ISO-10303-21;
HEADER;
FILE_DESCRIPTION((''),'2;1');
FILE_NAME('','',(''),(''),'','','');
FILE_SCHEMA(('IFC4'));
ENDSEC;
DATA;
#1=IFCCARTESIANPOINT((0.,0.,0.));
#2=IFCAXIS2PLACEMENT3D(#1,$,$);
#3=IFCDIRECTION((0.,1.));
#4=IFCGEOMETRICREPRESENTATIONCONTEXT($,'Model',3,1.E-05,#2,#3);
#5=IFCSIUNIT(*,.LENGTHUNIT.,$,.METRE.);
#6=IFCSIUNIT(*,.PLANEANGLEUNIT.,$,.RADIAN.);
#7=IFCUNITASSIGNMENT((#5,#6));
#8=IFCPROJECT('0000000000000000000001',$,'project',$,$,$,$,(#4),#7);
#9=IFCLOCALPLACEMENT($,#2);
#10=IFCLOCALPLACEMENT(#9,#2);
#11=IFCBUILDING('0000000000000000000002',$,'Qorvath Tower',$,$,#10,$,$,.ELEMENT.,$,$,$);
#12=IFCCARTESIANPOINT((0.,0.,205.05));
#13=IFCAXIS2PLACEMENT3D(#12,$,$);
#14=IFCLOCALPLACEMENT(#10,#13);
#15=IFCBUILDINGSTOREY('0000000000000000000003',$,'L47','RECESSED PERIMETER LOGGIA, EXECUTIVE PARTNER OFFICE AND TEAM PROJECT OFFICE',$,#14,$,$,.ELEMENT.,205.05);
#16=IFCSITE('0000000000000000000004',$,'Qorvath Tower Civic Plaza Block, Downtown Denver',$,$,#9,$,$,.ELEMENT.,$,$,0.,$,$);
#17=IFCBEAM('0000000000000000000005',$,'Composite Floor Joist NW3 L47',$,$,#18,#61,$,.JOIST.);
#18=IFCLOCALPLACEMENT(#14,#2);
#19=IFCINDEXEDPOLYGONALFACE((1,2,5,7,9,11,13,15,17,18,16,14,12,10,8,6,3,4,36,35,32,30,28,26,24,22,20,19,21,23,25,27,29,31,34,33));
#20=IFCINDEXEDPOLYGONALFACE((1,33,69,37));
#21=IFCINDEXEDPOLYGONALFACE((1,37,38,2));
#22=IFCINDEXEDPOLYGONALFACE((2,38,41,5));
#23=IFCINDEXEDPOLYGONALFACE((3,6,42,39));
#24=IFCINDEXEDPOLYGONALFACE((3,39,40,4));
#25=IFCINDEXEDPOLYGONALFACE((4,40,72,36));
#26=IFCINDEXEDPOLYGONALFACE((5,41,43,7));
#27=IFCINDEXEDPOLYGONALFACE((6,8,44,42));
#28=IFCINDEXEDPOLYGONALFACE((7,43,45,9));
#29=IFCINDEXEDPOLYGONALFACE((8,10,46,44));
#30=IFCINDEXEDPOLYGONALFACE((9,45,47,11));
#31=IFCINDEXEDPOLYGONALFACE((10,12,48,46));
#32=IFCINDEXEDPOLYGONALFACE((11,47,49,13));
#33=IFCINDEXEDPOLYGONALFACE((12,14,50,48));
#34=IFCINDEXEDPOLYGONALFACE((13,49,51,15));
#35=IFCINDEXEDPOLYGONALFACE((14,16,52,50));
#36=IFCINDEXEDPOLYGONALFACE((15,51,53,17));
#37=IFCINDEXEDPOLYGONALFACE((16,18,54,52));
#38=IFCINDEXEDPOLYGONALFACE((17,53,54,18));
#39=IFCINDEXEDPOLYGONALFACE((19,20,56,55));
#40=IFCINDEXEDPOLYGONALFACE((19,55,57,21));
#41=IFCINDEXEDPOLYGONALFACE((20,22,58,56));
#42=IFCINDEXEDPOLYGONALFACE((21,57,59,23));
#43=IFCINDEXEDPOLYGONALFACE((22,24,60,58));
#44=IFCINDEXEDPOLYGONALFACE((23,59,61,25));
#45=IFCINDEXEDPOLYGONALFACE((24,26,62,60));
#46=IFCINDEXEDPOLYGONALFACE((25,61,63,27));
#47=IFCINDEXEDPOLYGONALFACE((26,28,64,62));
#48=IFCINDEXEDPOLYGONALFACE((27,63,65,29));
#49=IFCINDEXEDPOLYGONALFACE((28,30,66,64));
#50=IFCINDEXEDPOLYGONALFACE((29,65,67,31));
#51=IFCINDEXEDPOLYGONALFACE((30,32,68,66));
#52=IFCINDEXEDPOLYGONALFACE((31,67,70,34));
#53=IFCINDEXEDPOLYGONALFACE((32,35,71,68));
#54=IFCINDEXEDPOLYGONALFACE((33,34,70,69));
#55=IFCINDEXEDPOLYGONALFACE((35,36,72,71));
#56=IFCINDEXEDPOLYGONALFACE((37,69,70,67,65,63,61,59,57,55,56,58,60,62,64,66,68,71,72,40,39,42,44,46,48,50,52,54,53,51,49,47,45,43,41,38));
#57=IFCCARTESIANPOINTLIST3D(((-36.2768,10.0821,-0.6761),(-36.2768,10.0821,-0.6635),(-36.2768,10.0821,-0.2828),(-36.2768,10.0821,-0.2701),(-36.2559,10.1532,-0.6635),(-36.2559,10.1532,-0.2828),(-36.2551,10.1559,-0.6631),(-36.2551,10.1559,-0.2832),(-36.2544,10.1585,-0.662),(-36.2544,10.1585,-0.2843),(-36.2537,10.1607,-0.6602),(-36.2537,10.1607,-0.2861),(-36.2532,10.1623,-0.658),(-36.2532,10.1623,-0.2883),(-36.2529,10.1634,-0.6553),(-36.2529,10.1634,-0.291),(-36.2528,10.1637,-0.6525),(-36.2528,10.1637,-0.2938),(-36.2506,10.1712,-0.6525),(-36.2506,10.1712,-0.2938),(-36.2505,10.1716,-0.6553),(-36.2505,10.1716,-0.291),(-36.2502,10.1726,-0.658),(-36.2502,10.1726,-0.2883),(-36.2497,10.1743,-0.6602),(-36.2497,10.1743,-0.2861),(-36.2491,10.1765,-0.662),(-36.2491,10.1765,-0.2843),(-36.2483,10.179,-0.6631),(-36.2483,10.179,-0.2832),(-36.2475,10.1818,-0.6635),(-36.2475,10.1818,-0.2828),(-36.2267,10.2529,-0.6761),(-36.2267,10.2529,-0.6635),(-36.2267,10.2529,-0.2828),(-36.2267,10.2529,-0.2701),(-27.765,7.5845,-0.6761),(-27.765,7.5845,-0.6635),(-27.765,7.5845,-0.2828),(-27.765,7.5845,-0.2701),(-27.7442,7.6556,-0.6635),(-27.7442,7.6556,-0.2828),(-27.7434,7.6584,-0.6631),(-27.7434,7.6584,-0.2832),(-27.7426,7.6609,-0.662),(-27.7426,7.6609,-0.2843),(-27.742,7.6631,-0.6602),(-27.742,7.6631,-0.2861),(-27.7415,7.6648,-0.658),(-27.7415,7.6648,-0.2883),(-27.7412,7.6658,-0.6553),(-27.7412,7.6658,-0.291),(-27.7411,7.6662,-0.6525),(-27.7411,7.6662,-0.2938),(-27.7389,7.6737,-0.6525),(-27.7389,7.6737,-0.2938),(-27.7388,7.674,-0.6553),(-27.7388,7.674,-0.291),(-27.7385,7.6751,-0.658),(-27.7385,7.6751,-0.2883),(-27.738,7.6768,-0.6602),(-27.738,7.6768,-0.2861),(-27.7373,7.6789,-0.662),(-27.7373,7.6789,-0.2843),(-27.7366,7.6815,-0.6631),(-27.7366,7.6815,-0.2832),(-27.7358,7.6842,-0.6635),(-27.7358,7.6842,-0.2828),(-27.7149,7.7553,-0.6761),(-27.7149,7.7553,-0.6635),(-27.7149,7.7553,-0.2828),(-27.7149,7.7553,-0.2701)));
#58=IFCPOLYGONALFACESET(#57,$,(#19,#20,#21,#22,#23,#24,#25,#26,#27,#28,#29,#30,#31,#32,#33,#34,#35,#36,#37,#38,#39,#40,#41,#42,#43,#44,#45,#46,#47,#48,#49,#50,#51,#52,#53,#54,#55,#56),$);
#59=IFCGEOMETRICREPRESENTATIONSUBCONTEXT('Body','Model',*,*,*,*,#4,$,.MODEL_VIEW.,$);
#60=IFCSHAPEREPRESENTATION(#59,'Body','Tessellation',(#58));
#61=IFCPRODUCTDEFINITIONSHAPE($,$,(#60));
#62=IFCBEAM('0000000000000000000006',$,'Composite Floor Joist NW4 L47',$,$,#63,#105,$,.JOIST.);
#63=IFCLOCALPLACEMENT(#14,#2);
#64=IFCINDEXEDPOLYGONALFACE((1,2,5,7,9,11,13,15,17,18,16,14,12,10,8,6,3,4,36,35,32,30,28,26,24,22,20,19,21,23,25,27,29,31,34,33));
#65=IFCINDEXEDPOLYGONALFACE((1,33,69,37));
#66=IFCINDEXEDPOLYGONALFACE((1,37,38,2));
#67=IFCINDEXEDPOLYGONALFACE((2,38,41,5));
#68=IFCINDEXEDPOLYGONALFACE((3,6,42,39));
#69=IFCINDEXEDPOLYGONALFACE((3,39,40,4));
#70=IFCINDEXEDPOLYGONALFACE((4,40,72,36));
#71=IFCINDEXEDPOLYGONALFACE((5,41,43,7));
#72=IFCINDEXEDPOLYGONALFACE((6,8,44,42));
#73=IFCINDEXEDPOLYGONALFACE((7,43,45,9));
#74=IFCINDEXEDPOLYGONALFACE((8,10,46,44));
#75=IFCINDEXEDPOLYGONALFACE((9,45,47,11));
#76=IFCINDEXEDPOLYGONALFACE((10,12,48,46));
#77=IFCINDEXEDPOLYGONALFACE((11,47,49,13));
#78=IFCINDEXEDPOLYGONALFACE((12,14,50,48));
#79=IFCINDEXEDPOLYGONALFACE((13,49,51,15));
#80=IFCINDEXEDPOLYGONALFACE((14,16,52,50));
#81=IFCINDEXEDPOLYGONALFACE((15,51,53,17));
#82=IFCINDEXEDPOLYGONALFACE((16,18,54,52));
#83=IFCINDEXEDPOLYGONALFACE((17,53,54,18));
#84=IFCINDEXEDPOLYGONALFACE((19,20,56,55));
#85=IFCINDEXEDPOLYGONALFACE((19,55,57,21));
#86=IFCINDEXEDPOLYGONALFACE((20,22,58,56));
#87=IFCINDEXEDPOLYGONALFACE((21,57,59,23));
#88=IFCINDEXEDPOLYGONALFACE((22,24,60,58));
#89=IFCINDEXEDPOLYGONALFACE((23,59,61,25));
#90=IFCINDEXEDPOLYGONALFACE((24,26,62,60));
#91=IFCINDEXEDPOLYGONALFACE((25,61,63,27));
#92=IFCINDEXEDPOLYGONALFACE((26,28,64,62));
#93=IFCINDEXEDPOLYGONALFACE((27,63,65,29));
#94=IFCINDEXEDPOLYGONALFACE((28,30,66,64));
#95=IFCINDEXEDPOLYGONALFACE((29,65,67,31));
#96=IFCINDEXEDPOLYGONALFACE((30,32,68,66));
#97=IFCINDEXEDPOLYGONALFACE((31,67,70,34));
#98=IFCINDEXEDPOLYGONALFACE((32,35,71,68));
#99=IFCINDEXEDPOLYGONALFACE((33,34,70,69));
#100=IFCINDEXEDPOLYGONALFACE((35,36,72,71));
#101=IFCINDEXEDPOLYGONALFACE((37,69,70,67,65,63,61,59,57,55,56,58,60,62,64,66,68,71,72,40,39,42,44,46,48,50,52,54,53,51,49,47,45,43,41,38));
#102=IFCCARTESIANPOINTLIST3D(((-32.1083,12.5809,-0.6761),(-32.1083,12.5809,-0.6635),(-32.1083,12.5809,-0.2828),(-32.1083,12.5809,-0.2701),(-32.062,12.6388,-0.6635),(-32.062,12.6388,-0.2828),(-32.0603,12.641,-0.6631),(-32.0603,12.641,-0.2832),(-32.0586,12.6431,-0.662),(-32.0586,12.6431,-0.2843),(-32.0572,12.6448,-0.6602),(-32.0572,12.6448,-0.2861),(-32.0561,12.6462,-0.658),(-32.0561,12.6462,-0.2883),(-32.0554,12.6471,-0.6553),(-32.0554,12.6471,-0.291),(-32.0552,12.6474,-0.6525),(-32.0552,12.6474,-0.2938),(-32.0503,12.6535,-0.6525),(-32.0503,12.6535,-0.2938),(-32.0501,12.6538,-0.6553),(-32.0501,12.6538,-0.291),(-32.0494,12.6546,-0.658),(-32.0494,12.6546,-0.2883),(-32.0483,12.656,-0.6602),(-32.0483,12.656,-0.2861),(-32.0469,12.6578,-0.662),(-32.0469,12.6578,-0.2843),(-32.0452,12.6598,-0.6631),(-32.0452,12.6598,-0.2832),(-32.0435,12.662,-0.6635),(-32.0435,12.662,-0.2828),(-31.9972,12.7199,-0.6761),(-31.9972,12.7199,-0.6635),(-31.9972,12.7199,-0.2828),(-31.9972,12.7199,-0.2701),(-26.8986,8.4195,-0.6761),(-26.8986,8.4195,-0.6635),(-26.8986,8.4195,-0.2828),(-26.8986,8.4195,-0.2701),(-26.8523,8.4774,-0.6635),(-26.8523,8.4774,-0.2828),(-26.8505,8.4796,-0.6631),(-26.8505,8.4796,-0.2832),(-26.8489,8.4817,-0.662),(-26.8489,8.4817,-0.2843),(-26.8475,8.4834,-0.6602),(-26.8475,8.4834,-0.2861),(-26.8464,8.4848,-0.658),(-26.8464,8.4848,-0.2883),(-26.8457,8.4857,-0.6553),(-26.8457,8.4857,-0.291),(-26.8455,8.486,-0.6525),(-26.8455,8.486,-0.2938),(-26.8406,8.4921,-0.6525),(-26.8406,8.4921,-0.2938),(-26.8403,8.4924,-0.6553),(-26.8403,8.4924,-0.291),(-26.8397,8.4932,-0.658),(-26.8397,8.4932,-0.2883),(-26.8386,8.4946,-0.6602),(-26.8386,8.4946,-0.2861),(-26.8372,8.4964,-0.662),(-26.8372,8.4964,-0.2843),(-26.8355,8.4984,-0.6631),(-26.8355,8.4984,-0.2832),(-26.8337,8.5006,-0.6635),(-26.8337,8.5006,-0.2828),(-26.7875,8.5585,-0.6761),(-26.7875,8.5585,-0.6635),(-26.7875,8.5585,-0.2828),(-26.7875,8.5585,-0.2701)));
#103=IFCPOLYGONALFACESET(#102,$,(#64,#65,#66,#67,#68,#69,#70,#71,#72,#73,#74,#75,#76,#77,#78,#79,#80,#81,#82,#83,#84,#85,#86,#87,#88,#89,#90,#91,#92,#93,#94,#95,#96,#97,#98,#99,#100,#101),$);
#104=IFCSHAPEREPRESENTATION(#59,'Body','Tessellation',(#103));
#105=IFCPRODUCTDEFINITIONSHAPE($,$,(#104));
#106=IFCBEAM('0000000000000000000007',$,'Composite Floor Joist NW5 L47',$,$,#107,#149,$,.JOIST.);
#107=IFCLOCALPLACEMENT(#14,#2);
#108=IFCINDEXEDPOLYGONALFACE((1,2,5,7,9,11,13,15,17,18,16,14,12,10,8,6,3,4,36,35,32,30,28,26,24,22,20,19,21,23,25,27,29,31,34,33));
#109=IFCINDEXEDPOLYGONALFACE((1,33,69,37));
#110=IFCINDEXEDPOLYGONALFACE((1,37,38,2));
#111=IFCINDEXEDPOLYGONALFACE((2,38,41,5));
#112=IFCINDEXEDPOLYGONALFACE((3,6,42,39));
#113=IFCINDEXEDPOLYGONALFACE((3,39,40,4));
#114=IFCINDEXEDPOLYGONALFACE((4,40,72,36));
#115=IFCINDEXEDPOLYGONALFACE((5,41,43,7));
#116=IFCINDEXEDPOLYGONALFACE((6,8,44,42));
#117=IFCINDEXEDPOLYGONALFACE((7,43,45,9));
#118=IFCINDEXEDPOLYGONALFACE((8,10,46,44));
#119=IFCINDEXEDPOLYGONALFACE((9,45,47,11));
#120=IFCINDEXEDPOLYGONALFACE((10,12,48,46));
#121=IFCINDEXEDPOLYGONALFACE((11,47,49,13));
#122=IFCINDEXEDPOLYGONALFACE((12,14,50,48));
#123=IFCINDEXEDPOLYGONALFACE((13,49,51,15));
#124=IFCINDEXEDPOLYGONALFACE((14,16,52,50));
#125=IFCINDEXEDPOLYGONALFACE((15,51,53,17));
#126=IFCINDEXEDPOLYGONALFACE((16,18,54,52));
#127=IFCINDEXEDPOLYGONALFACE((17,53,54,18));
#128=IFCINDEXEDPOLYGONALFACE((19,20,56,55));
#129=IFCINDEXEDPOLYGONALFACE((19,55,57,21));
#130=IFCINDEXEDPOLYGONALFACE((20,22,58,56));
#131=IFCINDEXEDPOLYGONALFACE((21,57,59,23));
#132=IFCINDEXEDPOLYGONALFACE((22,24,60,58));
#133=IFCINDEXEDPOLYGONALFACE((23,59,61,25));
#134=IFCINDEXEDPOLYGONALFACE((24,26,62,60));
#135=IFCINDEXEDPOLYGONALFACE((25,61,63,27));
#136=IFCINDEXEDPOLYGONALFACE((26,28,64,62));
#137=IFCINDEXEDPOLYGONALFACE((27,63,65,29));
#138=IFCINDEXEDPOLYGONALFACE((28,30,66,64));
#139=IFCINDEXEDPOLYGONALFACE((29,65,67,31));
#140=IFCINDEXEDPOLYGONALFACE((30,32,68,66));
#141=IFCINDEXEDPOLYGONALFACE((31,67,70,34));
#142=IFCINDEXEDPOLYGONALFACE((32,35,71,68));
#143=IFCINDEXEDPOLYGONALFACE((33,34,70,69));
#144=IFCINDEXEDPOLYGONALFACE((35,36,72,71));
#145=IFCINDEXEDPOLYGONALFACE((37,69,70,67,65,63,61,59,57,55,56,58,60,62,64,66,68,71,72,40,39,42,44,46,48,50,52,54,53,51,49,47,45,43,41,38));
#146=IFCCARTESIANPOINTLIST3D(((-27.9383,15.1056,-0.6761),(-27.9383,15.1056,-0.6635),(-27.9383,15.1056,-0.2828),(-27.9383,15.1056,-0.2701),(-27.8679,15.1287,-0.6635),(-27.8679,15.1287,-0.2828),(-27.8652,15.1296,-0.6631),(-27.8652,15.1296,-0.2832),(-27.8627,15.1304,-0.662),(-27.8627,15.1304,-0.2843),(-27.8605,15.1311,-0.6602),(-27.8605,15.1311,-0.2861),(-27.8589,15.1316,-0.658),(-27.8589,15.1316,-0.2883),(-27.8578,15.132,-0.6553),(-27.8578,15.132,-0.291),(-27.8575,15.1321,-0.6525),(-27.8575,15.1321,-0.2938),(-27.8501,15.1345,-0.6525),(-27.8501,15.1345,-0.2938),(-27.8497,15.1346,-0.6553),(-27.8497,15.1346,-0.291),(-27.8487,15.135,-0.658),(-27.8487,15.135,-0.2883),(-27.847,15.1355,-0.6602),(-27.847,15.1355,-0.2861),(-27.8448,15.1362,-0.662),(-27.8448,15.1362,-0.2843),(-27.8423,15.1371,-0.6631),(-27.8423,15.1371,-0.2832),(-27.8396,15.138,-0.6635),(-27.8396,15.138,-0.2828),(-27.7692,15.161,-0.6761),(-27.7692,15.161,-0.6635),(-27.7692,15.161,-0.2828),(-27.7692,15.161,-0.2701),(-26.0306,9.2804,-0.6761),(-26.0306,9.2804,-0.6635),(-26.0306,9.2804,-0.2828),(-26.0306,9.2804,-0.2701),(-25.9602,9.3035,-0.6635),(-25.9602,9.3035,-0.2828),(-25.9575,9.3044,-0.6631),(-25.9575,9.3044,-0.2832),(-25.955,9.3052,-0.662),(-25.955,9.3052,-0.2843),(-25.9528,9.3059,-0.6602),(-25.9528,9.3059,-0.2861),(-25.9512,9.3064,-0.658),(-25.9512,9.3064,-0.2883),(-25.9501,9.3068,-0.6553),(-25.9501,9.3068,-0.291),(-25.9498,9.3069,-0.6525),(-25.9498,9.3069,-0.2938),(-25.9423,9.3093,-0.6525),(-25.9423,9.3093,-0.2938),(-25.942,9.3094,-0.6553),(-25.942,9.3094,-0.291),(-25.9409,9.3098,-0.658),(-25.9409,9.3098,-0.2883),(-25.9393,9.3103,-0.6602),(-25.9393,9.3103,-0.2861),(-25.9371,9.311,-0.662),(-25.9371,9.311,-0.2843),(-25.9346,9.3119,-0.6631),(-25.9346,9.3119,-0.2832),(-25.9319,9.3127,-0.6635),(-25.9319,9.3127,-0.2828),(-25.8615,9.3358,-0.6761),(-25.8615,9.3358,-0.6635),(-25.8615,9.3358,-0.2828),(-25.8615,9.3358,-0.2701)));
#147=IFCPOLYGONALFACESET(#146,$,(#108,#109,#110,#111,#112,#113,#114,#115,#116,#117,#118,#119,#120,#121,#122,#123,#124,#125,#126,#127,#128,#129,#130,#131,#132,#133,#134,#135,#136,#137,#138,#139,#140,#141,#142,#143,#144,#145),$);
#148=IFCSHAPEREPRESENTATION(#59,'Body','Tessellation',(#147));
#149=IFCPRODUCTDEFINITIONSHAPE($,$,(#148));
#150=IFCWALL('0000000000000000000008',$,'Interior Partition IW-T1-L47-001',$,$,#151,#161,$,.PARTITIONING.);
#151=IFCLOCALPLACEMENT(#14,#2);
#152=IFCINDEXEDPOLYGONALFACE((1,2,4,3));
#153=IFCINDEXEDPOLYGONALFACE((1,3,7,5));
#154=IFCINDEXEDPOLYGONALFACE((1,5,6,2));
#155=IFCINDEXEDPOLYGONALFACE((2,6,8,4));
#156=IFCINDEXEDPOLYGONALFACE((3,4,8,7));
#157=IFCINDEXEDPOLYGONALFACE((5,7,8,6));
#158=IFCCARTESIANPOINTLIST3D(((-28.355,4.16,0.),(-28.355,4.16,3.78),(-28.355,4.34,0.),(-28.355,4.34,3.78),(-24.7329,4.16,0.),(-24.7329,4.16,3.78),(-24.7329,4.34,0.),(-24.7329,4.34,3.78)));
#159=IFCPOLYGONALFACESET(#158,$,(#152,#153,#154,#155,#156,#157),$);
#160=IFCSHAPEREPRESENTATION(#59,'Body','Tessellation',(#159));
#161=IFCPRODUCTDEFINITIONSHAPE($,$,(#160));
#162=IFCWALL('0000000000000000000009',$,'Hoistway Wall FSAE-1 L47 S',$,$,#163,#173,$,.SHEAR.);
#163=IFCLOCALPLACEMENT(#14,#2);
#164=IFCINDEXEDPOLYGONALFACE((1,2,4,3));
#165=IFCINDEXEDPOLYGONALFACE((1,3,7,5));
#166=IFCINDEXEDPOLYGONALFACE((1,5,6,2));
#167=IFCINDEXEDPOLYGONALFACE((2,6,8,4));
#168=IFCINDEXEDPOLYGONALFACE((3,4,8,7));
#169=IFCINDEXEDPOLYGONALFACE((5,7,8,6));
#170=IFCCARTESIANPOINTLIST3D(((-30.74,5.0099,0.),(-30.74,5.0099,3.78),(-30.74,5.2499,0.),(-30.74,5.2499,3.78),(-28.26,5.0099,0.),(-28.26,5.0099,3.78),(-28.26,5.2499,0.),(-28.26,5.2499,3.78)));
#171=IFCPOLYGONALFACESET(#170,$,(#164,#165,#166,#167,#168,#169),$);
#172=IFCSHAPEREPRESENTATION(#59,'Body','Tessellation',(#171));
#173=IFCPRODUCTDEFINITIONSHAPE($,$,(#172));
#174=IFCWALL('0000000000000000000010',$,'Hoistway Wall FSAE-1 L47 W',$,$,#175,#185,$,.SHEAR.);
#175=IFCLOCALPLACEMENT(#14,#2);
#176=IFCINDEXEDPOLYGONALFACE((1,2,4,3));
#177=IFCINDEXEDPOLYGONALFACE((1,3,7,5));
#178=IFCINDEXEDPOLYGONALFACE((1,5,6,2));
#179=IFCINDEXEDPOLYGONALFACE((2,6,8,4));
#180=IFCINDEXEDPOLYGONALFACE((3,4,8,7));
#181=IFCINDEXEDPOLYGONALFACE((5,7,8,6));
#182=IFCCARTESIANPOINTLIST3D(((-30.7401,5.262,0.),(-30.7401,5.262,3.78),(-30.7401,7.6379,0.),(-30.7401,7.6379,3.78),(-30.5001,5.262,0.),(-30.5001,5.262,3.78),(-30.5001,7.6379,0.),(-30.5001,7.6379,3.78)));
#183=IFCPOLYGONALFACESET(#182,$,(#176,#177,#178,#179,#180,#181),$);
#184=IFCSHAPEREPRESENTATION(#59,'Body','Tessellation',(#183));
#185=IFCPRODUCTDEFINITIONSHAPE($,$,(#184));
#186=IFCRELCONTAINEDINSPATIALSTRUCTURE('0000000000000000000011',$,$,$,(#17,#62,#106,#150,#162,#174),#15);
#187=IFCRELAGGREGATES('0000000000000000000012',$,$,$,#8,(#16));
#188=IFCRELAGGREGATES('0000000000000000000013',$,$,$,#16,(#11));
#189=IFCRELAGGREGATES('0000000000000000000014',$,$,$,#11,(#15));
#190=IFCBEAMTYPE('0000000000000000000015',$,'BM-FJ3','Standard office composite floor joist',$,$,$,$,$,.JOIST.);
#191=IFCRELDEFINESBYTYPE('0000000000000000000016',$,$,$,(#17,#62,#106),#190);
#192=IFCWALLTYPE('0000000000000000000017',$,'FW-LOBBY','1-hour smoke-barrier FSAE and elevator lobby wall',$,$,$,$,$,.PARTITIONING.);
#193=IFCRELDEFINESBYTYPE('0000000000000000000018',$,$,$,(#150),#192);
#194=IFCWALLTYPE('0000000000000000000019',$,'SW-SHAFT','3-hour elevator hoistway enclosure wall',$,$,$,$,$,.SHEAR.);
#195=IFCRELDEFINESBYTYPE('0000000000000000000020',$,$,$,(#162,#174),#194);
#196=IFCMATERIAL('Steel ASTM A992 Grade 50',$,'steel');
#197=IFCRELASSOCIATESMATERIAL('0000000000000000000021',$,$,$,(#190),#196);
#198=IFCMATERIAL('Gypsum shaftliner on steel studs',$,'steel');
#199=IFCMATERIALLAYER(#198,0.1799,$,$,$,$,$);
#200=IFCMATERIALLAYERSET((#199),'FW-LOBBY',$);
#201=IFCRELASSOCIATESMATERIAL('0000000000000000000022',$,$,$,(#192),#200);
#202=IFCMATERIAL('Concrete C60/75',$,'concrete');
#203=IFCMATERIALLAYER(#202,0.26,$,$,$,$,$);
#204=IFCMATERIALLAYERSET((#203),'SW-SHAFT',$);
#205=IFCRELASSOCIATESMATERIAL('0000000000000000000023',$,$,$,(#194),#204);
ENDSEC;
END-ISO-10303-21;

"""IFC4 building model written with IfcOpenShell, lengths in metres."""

from ifc_helpers import new_model, si_unit, direction, frame, frame_2d, origin, origin_2d, place, context, subcontext, project, spatial, rectangle, i_section, extrude, material, layer, layer_set, material_profile, profile_set, type_object, element, save


model = new_model("IFC4")

# Units and contexts
model_context = context("Model", 3, precision=1e-05, world=origin(), true_north=direction((0.0, 1.0)))
body_context = subcontext(model_context, "Body", "Model", "MODEL_VIEW")
ifc_project = project(units=[si_unit("LENGTHUNIT", "METRE"), si_unit("PLANEANGLEUNIT", "RADIAN")], contexts=[model_context])

# Site, building, storey
site_placement = place(None, origin())
site = spatial("IfcSite", under=ifc_project, at=site_placement, Name="Qorvath Tower Civic Plaza Block, Downtown Denver", CompositionType="ELEMENT", RefElevation=0.0)
building_placement = place(site_placement, origin())
building = spatial("IfcBuilding", under=site, at=building_placement, Name="Qorvath Tower", CompositionType="ELEMENT")
storey_placement = place(building_placement, frame((0.0, 0.0, 205.05)))
storey = spatial("IfcBuildingStorey", under=building, at=storey_placement, Name="L47", Description="RECESSED PERIMETER LOGGIA, EXECUTIVE PARTNER OFFICE AND TEAM PROJECT OFFICE", CompositionType="ELEMENT", Elevation=205.05)

# Beams
ifc_material_1 = material(Name="Steel ASTM A992 Grade 50", Category="steel")
ifc_material_profile_1 = material_profile(ifc_material_1, i_section(OverallWidth=0.178, OverallDepth=0.406, WebThickness=0.0078, FlangeThickness=0.0127, FilletRadius=0.011, at=origin_2d()), Name="W16x40")
ifc_profile_set_1 = profile_set([ifc_material_profile_1], Name="Steel ASTM A992 Grade 50")
beam_type_1 = type_object("IfcBeamType", Name="BM-FJ3", Description="Standard office composite floor joist", PredefinedType="JOIST", material=ifc_profile_set_1)
beam_1_placement = place(storey_placement, frame((-27.74, 7.6699, -0.4731), z_axis=(-0.959545, 0.281555, 0.0), x_axis=(-0.281555, -0.959545, 0.0)))
element("IfcBeam", 1, at=beam_1_placement, inside=storey, type_object=beam_type_1, Name="Composite Floor Joist NW3 L47", PredefinedType="JOIST", context=body_context, shape_type="SweptSolid", body=[
    extrude(i_section(OverallWidth=0.178, OverallDepth=0.406, WebThickness=0.0078, FlangeThickness=0.0127, FilletRadius=0.011, at=origin_2d()), origin(), (0.0, 0.0, 1.0), 8.8706),
])
beam_2_placement = place(storey_placement, frame((-26.843, 8.489, -0.4731), z_axis=(-0.781337, 0.62411, 0.0), x_axis=(-0.62411, -0.781337, 0.0)))
element("IfcBeam", 2, at=beam_2_placement, inside=storey, type_object=beam_type_1, Name="Composite Floor Joist NW4 L47", PredefinedType="JOIST", context=body_context, shape_type="SweptSolid", body=[
    extrude(i_section(OverallWidth=0.178, OverallDepth=0.406, WebThickness=0.0078, FlangeThickness=0.0127, FilletRadius=0.011, at=origin_2d()), origin(), (0.0, 0.0, 1.0), 6.6677),
])
beam_3_placement = place(storey_placement, frame((-25.946, 9.3081, -0.4731), z_axis=(-0.311229, 0.950335, 0.0), x_axis=(-0.950335, -0.311229, 0.0)))
element("IfcBeam", 3, at=beam_3_placement, inside=storey, type_object=beam_type_1, Name="Composite Floor Joist NW5 L47", PredefinedType="JOIST", context=body_context, shape_type="SweptSolid", body=[
    extrude(i_section(OverallWidth=0.178, OverallDepth=0.406, WebThickness=0.0078, FlangeThickness=0.0127, FilletRadius=0.011, at=origin_2d()), origin(), (0.0, 0.0, 1.0), 6.1296),
])

# Wall
ifc_material_2 = material(Name="Gypsum shaftliner on steel studs", Category="steel")
ifc_layer_1 = layer(ifc_material_2, 0.1799)
ifc_layer_set_1 = layer_set([ifc_layer_1], Name="FW-LOBBY")
wall_type_1 = type_object("IfcWallType", Name="FW-LOBBY", Description="1-hour smoke-barrier FSAE and elevator lobby wall", PredefinedType="PARTITIONING", material=ifc_layer_set_1)
wall_1_placement = place(storey_placement, frame((-28.355, 4.25, 0.0), z_axis=(0.0, 0.0, 1.0), x_axis=(1.0, 0.0, 0.0)))
element("IfcWall", 4, at=wall_1_placement, inside=storey, type_object=wall_type_1, Name="Interior Partition IW-T1-L47-001", PredefinedType="PARTITIONING", context=body_context, shape_type="SweptSolid", body=[
    extrude(rectangle(XDim=3.6221, YDim=0.1799, at=frame_2d((1.811, 0.0))), origin(), (0.0, 0.0, 1.0), 3.78),
])

# Walls
ifc_material_3 = material(Name="Concrete C60/75", Category="concrete")
ifc_layer_2 = layer(ifc_material_3, 0.26)
ifc_layer_set_2 = layer_set([ifc_layer_2], Name="SW-SHAFT")
wall_type_2 = type_object("IfcWallType", Name="SW-SHAFT", Description="3-hour elevator hoistway enclosure wall", PredefinedType="SHEAR", material=ifc_layer_set_2)
wall_2_placement = place(storey_placement, frame((-28.26, 5.1299, 0.0), z_axis=(0.0, 0.0, 1.0), x_axis=(-1.0, 0.0, 0.0)))
element("IfcWall", 5, at=wall_2_placement, inside=storey, type_object=wall_type_2, Name="Hoistway Wall FSAE-1 L47 S", PredefinedType="SHEAR", context=body_context, shape_type="SweptSolid", body=[
    extrude(rectangle(XDim=2.48, YDim=0.24, at=frame_2d((1.24, 0.0))), origin(), (0.0, 0.0, 1.0), 3.78),
])
wall_3_placement = place(storey_placement, frame((-30.6201, 5.262, 0.0), z_axis=(0.0, 0.0, 1.0), x_axis=(0.0, 1.0, 0.0)))
element("IfcWall", 6, at=wall_3_placement, inside=storey, type_object=wall_type_2, Name="Hoistway Wall FSAE-1 L47 W", PredefinedType="SHEAR", context=body_context, shape_type="SweptSolid", body=[
    extrude(rectangle(XDim=2.376, YDim=0.24, at=frame_2d((1.188, 0.0))), origin(), (0.0, 0.0, 1.0), 3.78),
])

save(model, "model.ifc")
